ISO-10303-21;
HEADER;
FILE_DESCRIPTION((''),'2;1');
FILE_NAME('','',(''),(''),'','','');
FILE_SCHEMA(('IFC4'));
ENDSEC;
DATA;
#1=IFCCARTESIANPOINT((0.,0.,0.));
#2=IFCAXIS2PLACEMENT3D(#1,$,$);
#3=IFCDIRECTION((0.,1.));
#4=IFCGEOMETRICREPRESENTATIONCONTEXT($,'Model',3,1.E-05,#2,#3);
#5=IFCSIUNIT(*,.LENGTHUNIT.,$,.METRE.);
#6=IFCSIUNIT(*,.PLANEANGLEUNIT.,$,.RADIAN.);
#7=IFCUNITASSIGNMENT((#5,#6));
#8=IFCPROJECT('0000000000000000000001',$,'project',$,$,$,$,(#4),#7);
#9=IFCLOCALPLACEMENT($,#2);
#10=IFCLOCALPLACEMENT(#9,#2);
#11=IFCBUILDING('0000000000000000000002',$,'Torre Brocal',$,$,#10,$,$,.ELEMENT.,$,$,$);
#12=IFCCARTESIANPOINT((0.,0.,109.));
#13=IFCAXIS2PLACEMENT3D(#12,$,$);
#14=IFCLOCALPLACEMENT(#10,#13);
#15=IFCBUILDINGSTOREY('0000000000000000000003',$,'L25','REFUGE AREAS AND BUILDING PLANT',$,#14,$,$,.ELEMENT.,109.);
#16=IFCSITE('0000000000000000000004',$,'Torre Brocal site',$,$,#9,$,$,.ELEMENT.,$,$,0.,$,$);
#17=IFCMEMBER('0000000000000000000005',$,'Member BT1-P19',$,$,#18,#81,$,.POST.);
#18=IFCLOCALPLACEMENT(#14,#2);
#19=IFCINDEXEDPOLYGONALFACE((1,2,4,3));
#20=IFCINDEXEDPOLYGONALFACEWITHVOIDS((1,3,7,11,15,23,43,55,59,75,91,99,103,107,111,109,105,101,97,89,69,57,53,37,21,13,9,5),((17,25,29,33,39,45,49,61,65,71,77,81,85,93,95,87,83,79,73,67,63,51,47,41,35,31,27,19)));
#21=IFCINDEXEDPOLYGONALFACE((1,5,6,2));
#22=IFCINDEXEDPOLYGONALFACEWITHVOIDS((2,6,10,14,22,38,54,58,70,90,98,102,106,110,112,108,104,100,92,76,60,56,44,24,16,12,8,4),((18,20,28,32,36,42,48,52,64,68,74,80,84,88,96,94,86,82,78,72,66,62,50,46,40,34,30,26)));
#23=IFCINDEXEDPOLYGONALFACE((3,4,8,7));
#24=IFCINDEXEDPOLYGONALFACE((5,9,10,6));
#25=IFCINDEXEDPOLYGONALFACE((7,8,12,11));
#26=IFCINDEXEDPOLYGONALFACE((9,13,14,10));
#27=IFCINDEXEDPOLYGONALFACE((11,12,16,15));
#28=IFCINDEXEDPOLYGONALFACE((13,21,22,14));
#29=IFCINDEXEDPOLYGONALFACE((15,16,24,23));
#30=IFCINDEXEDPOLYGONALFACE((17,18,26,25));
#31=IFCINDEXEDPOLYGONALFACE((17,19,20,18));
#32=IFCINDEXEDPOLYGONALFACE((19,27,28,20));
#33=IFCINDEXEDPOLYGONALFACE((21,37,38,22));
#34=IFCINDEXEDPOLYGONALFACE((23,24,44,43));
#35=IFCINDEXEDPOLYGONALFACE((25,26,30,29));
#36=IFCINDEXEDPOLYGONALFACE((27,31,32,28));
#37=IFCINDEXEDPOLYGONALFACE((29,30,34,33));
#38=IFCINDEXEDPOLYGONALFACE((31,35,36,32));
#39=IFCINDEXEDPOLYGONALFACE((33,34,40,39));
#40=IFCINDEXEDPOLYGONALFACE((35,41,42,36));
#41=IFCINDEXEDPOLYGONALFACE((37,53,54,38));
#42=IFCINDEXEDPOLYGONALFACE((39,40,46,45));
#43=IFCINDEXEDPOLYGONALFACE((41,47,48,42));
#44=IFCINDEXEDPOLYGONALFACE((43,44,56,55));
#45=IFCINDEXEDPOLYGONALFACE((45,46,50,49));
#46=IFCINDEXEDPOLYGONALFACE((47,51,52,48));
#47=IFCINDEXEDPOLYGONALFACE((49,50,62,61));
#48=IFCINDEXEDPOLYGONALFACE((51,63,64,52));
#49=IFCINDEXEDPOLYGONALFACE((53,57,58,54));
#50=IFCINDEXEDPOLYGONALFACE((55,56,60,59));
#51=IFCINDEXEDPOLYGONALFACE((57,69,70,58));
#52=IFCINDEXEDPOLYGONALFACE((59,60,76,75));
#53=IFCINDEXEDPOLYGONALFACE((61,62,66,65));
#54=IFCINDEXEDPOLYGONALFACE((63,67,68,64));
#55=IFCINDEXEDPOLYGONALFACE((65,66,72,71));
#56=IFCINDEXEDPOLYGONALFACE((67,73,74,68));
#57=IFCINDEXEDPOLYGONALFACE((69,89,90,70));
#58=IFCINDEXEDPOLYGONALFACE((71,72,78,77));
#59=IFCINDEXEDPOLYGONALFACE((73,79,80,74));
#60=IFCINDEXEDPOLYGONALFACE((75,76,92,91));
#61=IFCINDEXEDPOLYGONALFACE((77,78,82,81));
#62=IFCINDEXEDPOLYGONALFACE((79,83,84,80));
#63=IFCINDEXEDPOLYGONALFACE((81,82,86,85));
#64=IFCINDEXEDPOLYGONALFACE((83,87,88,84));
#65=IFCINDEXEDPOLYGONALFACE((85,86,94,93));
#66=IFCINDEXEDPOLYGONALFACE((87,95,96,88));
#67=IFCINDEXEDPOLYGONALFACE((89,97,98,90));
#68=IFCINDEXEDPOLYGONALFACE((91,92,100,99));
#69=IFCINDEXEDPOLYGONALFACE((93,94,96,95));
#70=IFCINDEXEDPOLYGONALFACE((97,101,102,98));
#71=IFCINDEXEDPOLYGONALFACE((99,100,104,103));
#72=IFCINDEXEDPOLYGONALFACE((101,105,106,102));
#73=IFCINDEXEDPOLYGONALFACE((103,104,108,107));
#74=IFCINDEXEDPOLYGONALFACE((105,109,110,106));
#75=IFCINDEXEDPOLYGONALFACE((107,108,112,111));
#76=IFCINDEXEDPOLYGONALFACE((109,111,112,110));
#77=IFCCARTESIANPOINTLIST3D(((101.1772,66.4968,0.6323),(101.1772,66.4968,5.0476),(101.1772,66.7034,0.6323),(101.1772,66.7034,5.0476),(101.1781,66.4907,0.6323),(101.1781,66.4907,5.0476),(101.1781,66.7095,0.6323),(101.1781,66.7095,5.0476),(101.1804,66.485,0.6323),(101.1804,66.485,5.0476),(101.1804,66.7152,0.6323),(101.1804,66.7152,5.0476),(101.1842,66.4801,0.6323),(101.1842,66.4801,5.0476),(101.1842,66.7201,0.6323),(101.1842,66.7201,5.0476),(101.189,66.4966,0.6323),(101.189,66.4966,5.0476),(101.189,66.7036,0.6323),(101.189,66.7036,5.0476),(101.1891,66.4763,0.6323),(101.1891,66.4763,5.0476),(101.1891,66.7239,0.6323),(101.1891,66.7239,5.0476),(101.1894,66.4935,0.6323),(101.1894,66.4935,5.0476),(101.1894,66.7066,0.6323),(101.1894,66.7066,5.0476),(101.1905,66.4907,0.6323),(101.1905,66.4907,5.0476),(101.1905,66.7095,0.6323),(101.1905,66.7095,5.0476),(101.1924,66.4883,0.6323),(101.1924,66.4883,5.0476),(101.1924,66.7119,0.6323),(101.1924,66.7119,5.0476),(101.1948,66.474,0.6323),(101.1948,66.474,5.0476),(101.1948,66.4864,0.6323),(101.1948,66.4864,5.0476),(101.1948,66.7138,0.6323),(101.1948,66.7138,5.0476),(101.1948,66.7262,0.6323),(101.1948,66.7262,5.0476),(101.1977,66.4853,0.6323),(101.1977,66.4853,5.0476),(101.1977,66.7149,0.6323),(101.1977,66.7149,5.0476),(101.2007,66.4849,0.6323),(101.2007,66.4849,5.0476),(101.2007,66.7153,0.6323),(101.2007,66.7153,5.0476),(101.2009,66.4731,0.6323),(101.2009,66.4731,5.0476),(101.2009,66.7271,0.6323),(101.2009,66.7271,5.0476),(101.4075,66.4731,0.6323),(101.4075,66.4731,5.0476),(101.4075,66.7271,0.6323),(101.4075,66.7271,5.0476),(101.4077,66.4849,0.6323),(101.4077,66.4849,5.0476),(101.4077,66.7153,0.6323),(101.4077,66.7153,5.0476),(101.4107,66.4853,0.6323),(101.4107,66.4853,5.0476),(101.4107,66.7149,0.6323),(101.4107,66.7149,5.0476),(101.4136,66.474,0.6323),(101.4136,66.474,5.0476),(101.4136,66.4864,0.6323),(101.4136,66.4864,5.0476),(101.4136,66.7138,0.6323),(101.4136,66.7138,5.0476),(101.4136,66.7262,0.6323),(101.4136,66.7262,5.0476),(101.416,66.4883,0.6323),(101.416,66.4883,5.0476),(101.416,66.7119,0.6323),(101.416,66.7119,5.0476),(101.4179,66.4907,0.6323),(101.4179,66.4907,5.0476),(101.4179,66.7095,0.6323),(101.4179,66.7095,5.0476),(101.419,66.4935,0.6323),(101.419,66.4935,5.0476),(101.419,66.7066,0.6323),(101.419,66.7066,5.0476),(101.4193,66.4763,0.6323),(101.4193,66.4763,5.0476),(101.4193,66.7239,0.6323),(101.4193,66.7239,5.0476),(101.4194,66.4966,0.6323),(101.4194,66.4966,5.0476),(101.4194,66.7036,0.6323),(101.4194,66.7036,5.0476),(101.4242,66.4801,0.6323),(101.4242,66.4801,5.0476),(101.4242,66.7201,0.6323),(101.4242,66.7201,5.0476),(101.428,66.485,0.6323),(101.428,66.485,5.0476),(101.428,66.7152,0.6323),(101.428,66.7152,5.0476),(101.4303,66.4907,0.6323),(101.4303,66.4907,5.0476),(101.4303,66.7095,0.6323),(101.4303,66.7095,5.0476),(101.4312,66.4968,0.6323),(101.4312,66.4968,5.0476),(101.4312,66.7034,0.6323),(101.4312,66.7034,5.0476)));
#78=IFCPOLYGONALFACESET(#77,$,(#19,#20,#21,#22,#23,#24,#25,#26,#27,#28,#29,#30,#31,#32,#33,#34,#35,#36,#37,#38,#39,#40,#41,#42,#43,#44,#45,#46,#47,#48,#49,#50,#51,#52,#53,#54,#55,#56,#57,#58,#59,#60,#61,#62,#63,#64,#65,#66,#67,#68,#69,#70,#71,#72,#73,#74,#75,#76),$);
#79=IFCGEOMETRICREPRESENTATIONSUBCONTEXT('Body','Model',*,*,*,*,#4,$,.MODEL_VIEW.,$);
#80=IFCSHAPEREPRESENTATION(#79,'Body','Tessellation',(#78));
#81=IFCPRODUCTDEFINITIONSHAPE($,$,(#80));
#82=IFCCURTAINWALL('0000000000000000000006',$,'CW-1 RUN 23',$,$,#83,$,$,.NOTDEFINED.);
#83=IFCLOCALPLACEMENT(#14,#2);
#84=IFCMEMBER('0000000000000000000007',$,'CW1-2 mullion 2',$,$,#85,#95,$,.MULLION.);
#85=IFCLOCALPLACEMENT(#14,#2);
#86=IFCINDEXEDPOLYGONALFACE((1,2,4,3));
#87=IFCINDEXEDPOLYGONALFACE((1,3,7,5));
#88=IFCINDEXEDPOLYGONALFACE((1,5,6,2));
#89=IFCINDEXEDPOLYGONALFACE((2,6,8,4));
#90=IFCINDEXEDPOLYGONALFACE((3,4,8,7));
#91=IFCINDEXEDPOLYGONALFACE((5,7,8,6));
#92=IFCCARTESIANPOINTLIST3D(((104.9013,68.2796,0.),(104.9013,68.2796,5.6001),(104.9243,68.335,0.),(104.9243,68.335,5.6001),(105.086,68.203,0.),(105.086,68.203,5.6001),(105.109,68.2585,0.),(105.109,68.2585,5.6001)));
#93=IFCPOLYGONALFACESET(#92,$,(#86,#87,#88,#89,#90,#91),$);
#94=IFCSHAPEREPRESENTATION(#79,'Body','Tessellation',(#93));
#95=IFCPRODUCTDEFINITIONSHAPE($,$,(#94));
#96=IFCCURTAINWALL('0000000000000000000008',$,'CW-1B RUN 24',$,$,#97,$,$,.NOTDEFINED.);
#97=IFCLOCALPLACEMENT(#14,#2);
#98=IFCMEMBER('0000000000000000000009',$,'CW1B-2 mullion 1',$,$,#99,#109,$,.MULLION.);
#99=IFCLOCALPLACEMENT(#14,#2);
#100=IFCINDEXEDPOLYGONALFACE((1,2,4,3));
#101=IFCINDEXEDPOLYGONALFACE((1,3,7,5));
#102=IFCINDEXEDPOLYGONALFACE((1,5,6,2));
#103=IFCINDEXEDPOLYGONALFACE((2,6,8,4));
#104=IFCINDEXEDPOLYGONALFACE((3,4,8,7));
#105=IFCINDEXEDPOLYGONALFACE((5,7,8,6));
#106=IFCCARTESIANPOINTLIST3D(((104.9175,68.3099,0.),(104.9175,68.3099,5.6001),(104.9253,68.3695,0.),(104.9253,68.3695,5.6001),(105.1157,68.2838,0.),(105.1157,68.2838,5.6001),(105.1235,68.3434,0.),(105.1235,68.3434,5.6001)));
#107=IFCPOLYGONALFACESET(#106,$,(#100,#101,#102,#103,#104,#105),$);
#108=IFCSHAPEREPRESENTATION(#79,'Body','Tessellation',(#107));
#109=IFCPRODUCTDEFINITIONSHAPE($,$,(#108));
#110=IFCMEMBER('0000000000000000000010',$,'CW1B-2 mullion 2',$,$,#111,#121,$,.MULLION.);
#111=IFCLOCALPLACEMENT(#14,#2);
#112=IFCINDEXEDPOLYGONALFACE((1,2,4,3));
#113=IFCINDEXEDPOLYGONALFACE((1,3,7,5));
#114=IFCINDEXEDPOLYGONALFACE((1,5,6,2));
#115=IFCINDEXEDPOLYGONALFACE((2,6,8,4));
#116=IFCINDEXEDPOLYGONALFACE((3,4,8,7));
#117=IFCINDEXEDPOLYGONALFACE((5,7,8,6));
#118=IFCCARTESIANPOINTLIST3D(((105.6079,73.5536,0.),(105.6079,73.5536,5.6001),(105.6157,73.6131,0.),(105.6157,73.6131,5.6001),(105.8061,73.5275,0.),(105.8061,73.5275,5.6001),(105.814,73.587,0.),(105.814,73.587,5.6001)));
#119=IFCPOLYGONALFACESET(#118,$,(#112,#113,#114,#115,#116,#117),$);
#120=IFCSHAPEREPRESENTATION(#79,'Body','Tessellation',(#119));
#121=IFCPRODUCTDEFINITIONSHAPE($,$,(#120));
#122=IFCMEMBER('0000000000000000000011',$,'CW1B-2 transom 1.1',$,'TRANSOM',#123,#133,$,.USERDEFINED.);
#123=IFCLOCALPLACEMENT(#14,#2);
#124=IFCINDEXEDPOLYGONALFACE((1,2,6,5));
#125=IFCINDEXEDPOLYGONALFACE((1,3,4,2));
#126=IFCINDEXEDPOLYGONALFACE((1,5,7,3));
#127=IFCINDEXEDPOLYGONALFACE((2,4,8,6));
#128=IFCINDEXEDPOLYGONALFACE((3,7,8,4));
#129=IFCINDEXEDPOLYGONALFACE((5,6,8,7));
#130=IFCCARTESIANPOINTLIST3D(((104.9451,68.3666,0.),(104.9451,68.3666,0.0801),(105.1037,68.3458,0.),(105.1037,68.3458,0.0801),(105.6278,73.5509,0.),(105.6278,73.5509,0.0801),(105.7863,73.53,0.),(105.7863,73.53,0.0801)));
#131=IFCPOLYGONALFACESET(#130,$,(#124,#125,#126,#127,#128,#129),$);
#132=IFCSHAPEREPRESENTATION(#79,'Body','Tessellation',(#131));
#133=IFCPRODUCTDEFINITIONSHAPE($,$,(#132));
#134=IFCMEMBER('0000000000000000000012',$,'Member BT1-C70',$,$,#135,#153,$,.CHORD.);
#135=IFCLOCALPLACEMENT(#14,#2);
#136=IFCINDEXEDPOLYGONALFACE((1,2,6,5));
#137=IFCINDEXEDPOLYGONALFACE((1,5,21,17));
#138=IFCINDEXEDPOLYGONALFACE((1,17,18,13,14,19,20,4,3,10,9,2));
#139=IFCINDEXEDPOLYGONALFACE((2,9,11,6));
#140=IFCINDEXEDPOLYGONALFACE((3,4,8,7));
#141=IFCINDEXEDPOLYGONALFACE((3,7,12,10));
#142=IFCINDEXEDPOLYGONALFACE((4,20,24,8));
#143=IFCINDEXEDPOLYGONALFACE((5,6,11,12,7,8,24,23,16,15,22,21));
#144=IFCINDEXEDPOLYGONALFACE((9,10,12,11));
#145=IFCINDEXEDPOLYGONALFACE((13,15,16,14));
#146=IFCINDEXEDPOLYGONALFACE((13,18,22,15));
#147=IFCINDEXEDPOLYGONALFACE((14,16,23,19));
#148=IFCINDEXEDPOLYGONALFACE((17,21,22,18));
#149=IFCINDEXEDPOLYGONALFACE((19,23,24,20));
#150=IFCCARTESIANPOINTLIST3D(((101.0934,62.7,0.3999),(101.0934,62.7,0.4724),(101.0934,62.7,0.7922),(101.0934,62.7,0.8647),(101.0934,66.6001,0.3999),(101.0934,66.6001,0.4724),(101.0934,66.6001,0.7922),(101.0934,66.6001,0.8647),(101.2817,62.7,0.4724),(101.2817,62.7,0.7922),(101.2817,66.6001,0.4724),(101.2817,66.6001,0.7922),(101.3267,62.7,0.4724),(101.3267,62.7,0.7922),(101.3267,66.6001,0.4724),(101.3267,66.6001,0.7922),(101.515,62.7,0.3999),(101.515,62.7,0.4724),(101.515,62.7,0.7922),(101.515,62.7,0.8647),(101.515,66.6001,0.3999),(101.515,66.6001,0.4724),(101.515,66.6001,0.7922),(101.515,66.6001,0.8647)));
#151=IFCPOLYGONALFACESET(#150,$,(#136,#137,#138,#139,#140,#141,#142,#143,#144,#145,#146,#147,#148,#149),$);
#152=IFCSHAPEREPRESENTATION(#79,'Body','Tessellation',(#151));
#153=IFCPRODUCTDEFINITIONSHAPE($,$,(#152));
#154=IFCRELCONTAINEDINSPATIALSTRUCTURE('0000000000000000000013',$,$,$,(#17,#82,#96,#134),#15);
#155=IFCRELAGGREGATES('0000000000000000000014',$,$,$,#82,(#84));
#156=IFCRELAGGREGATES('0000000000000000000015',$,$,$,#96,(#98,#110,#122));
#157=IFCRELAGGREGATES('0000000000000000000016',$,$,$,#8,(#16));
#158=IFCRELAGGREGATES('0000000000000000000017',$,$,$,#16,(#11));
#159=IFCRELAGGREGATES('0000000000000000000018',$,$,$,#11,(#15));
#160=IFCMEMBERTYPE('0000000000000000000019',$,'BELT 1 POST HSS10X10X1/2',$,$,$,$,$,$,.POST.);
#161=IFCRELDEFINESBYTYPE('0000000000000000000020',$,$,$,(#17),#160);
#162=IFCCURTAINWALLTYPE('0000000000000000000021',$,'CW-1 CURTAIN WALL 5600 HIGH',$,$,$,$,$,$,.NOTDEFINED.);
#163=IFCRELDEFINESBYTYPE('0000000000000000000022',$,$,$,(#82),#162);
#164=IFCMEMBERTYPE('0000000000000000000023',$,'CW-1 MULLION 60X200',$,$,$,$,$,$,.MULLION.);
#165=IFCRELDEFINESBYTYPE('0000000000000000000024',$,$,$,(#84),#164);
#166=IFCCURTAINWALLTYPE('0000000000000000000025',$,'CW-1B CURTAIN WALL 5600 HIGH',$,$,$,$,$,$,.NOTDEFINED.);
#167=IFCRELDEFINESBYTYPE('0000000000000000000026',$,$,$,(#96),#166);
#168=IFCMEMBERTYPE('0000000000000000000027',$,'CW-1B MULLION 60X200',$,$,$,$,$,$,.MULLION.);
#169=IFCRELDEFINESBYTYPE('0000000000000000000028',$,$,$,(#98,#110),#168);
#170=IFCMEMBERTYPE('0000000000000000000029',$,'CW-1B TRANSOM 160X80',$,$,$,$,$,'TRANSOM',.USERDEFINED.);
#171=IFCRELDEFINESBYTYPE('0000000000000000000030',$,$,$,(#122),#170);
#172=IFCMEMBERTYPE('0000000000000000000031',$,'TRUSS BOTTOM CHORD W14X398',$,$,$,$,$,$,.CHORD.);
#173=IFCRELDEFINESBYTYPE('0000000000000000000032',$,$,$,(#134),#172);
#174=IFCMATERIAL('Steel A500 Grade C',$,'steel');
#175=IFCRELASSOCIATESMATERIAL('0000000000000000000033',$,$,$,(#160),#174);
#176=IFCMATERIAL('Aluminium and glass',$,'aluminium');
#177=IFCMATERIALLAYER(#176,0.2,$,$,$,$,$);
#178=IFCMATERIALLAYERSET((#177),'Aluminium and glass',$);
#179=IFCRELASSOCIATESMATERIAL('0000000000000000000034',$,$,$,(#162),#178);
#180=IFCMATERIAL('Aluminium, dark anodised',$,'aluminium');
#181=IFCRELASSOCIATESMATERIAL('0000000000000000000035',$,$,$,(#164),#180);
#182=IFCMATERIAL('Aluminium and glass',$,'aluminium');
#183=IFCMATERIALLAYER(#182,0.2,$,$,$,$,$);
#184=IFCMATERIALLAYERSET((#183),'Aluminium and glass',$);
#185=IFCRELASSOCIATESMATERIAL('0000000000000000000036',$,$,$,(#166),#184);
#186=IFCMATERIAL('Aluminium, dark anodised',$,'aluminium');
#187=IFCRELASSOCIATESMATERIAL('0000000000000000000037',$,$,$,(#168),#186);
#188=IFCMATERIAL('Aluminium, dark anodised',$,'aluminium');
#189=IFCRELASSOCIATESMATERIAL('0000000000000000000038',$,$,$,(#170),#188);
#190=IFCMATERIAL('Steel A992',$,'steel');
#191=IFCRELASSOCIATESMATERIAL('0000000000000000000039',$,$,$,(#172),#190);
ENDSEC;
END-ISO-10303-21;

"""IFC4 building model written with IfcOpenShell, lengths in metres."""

from ifc_helpers import new_model, si_unit, direction, frame, origin, origin_2d, place, context, subcontext, project, spatial, rectangle, hollow_rectangle, i_section, extrude, material, layer, layer_set, material_profile, profile_set, type_object, element, aggregate, save


model = new_model("IFC4")

# Units and contexts
model_context = context("Model", 3, precision=1e-05, world=origin(), true_north=direction((0.0, 1.0)))
body_context = subcontext(model_context, "Body", "Model", "MODEL_VIEW")
ifc_project = project(units=[si_unit("LENGTHUNIT", "METRE"), si_unit("PLANEANGLEUNIT", "RADIAN")], contexts=[model_context])

# Site, building, storey
site_placement = place(None, origin())
site = spatial("IfcSite", under=ifc_project, at=site_placement, Name="Torre Brocal site", CompositionType="ELEMENT", RefElevation=0.0)
building_placement = place(site_placement, origin())
building = spatial("IfcBuilding", under=site, at=building_placement, Name="Torre Brocal", CompositionType="ELEMENT")
storey_placement = place(building_placement, frame((0.0, 0.0, 109.0)))
storey = spatial("IfcBuildingStorey", under=building, at=storey_placement, Name="L25", Description="REFUGE AREAS AND BUILDING PLANT", CompositionType="ELEMENT", Elevation=109.0)

# Member
ifc_material_1 = material(Name="Steel A500 Grade C", Category="steel")
ifc_material_profile_1 = material_profile(ifc_material_1, hollow_rectangle(XDim=0.2539, YDim=0.2539, WallThickness=0.0117, InnerFilletRadius=0.0117, OuterFilletRadius=0.0237, at=origin_2d()), Name="HSS10X10X1/2")
ifc_profile_set_1 = profile_set([ifc_material_profile_1], Name="Steel A500 Grade C")
member_type_1 = type_object("IfcMemberType", Name="BELT 1 POST HSS10X10X1/2", PredefinedType="POST", material=ifc_profile_set_1)
member_1_placement = place(storey_placement, frame((101.3042, 66.6001, 0.6323), z_axis=(0.0, 0.0, 1.0), x_axis=(1.0, 0.0, 0.0)))
element("IfcMember", 1, at=member_1_placement, inside=storey, type_object=member_type_1, Name="Member BT1-P19", PredefinedType="POST", context=body_context, shape_type="SweptSolid", body=[
    extrude(hollow_rectangle(XDim=0.2539, YDim=0.2539, WallThickness=0.0117, InnerFilletRadius=0.0117, OuterFilletRadius=0.0237, at=origin_2d()), origin(), (0.0, 0.0, 1.0), 4.4153),
])

# Curtain wall, member
ifc_material_2 = material(Name="Aluminium and glass", Category="aluminium")
ifc_layer_1 = layer(ifc_material_2, 0.2)
ifc_layer_set_1 = layer_set([ifc_layer_1], Name="Aluminium and glass")
curtain_wall_type_1 = type_object("IfcCurtainWallType", Name="CW-1 CURTAIN WALL 5600 HIGH", PredefinedType="NOTDEFINED", material=ifc_layer_set_1)
curtain_wall_1_placement = place(storey_placement, origin())
curtain_wall_1 = element("IfcCurtainWall", 2, at=curtain_wall_1_placement, inside=storey, type_object=curtain_wall_type_1, Name="CW-1 RUN 23", PredefinedType="NOTDEFINED")
ifc_material_3 = material(Name="Aluminium, dark anodised", Category="aluminium")
ifc_material_profile_2 = material_profile(ifc_material_3, rectangle(XDim=0.2, YDim=0.0601, at=origin_2d()), Name="CW-1 MULLION 60X200")
ifc_profile_set_2 = profile_set([ifc_material_profile_2], Name="Aluminium, dark anodised")
member_type_2 = type_object("IfcMemberType", Name="CW-1 MULLION 60X200", PredefinedType="MULLION", material=ifc_profile_set_2)
member_2_placement = place(storey_placement, frame((105.0051, 68.269, 0.0), z_axis=(0.0, 0.0, 1.0), x_axis=(-0.92388, 0.382683, 0.0)))
member_2 = element("IfcMember", 3, at=member_2_placement, type_object=member_type_2, Name="CW1-2 mullion 2", PredefinedType="MULLION", context=body_context, shape_type="SweptSolid", body=[
    extrude(rectangle(XDim=0.2, YDim=0.0601, at=origin_2d()), origin(), (0.0, 0.0, 1.0), 5.6001),
])

# Curtain wall, members
ifc_material_4 = material(Name="Aluminium and glass", Category="aluminium")
ifc_layer_2 = layer(ifc_material_4, 0.2)
ifc_layer_set_2 = layer_set([ifc_layer_2], Name="Aluminium and glass")
curtain_wall_type_2 = type_object("IfcCurtainWallType", Name="CW-1B CURTAIN WALL 5600 HIGH", PredefinedType="NOTDEFINED", material=ifc_layer_set_2)
curtain_wall_2_placement = place(storey_placement, origin())
curtain_wall_2 = element("IfcCurtainWall", 4, at=curtain_wall_2_placement, inside=storey, type_object=curtain_wall_type_2, Name="CW-1B RUN 24", PredefinedType="NOTDEFINED")
ifc_material_5 = material(Name="Aluminium, dark anodised", Category="aluminium")
ifc_material_profile_3 = material_profile(ifc_material_5, rectangle(XDim=0.2, YDim=0.0601, at=origin_2d()), Name="CW-1B MULLION 60X200")
ifc_profile_set_3 = profile_set([ifc_material_profile_3], Name="Aluminium, dark anodised")
member_type_3 = type_object("IfcMemberType", Name="CW-1B MULLION 60X200", PredefinedType="MULLION", material=ifc_profile_set_3)
member_3_placement = place(storey_placement, frame((105.0205, 68.3267, 0.0), z_axis=(0.0, 0.0, 1.0), x_axis=(-0.991445, 0.130526, 0.0)))
member_3 = element("IfcMember", 5, at=member_3_placement, type_object=member_type_3, Name="CW1B-2 mullion 1", PredefinedType="MULLION", context=body_context, shape_type="SweptSolid", body=[
    extrude(rectangle(XDim=0.2, YDim=0.0601, at=origin_2d()), origin(), (0.0, 0.0, 1.0), 5.6001),
])
member_4_placement = place(storey_placement, frame((105.7109, 73.5703, 0.0), z_axis=(0.0, 0.0, 1.0), x_axis=(-0.991445, 0.130526, 0.0)))
member_4 = element("IfcMember", 6, at=member_4_placement, type_object=member_type_3, Name="CW1B-2 mullion 2", PredefinedType="MULLION", context=body_context, shape_type="SweptSolid", body=[
    extrude(rectangle(XDim=0.2, YDim=0.0601, at=origin_2d()), origin(), (0.0, 0.0, 1.0), 5.6001),
])
ifc_material_6 = material(Name="Aluminium, dark anodised", Category="aluminium")
ifc_material_profile_4 = material_profile(ifc_material_6, rectangle(XDim=0.1599, YDim=0.0801, at=origin_2d()), Name="CW-1B TRANSOM 160X80")
ifc_profile_set_4 = profile_set([ifc_material_profile_4], Name="Aluminium, dark anodised")
member_type_4 = type_object("IfcMemberType", Name="CW-1B TRANSOM 160X80", ElementType="TRANSOM", PredefinedType="USERDEFINED", material=ifc_profile_set_4)
member_5_placement = place(storey_placement, frame((105.0244, 68.3562, 0.04), z_axis=(0.130543, 0.991443, 0.0), x_axis=(-0.991443, 0.130543, 0.0)))
member_5 = element("IfcMember", 7, at=member_5_placement, type_object=member_type_4, Name="CW1B-2 transom 1.1", ObjectType="TRANSOM", PredefinedType="USERDEFINED", context=body_context, shape_type="SweptSolid", body=[
    extrude(rectangle(XDim=0.1599, YDim=0.0801, at=origin_2d()), origin(), (0.0, 0.0, 1.0), 5.229),
])

# Member
ifc_material_7 = material(Name="Steel A992", Category="steel")
ifc_material_profile_5 = material_profile(ifc_material_7, i_section(OverallWidth=0.4216, OverallDepth=0.4648, WebThickness=0.0449, FlangeThickness=0.0725, at=origin_2d()), Name="W14X398")
ifc_profile_set_5 = profile_set([ifc_material_profile_5], Name="Steel A992")
member_type_5 = type_object("IfcMemberType", Name="TRUSS BOTTOM CHORD W14X398", PredefinedType="CHORD", material=ifc_profile_set_5)
member_6_placement = place(storey_placement, frame((101.3042, 62.7, 0.6323), z_axis=(0.0, 1.0, 0.0), x_axis=(-1.0, 0.0, 0.0)))
element("IfcMember", 8, at=member_6_placement, inside=storey, type_object=member_type_5, Name="Member BT1-C70", PredefinedType="CHORD", context=body_context, shape_type="SweptSolid", body=[
    extrude(i_section(OverallWidth=0.4216, OverallDepth=0.4648, WebThickness=0.0449, FlangeThickness=0.0725, at=origin_2d()), origin(), (0.0, 0.0, 1.0), 3.9001),
])

aggregate(curtain_wall_1, [member_2])
aggregate(curtain_wall_2, [member_3, member_4, member_5])

save(model, "model.ifc")
